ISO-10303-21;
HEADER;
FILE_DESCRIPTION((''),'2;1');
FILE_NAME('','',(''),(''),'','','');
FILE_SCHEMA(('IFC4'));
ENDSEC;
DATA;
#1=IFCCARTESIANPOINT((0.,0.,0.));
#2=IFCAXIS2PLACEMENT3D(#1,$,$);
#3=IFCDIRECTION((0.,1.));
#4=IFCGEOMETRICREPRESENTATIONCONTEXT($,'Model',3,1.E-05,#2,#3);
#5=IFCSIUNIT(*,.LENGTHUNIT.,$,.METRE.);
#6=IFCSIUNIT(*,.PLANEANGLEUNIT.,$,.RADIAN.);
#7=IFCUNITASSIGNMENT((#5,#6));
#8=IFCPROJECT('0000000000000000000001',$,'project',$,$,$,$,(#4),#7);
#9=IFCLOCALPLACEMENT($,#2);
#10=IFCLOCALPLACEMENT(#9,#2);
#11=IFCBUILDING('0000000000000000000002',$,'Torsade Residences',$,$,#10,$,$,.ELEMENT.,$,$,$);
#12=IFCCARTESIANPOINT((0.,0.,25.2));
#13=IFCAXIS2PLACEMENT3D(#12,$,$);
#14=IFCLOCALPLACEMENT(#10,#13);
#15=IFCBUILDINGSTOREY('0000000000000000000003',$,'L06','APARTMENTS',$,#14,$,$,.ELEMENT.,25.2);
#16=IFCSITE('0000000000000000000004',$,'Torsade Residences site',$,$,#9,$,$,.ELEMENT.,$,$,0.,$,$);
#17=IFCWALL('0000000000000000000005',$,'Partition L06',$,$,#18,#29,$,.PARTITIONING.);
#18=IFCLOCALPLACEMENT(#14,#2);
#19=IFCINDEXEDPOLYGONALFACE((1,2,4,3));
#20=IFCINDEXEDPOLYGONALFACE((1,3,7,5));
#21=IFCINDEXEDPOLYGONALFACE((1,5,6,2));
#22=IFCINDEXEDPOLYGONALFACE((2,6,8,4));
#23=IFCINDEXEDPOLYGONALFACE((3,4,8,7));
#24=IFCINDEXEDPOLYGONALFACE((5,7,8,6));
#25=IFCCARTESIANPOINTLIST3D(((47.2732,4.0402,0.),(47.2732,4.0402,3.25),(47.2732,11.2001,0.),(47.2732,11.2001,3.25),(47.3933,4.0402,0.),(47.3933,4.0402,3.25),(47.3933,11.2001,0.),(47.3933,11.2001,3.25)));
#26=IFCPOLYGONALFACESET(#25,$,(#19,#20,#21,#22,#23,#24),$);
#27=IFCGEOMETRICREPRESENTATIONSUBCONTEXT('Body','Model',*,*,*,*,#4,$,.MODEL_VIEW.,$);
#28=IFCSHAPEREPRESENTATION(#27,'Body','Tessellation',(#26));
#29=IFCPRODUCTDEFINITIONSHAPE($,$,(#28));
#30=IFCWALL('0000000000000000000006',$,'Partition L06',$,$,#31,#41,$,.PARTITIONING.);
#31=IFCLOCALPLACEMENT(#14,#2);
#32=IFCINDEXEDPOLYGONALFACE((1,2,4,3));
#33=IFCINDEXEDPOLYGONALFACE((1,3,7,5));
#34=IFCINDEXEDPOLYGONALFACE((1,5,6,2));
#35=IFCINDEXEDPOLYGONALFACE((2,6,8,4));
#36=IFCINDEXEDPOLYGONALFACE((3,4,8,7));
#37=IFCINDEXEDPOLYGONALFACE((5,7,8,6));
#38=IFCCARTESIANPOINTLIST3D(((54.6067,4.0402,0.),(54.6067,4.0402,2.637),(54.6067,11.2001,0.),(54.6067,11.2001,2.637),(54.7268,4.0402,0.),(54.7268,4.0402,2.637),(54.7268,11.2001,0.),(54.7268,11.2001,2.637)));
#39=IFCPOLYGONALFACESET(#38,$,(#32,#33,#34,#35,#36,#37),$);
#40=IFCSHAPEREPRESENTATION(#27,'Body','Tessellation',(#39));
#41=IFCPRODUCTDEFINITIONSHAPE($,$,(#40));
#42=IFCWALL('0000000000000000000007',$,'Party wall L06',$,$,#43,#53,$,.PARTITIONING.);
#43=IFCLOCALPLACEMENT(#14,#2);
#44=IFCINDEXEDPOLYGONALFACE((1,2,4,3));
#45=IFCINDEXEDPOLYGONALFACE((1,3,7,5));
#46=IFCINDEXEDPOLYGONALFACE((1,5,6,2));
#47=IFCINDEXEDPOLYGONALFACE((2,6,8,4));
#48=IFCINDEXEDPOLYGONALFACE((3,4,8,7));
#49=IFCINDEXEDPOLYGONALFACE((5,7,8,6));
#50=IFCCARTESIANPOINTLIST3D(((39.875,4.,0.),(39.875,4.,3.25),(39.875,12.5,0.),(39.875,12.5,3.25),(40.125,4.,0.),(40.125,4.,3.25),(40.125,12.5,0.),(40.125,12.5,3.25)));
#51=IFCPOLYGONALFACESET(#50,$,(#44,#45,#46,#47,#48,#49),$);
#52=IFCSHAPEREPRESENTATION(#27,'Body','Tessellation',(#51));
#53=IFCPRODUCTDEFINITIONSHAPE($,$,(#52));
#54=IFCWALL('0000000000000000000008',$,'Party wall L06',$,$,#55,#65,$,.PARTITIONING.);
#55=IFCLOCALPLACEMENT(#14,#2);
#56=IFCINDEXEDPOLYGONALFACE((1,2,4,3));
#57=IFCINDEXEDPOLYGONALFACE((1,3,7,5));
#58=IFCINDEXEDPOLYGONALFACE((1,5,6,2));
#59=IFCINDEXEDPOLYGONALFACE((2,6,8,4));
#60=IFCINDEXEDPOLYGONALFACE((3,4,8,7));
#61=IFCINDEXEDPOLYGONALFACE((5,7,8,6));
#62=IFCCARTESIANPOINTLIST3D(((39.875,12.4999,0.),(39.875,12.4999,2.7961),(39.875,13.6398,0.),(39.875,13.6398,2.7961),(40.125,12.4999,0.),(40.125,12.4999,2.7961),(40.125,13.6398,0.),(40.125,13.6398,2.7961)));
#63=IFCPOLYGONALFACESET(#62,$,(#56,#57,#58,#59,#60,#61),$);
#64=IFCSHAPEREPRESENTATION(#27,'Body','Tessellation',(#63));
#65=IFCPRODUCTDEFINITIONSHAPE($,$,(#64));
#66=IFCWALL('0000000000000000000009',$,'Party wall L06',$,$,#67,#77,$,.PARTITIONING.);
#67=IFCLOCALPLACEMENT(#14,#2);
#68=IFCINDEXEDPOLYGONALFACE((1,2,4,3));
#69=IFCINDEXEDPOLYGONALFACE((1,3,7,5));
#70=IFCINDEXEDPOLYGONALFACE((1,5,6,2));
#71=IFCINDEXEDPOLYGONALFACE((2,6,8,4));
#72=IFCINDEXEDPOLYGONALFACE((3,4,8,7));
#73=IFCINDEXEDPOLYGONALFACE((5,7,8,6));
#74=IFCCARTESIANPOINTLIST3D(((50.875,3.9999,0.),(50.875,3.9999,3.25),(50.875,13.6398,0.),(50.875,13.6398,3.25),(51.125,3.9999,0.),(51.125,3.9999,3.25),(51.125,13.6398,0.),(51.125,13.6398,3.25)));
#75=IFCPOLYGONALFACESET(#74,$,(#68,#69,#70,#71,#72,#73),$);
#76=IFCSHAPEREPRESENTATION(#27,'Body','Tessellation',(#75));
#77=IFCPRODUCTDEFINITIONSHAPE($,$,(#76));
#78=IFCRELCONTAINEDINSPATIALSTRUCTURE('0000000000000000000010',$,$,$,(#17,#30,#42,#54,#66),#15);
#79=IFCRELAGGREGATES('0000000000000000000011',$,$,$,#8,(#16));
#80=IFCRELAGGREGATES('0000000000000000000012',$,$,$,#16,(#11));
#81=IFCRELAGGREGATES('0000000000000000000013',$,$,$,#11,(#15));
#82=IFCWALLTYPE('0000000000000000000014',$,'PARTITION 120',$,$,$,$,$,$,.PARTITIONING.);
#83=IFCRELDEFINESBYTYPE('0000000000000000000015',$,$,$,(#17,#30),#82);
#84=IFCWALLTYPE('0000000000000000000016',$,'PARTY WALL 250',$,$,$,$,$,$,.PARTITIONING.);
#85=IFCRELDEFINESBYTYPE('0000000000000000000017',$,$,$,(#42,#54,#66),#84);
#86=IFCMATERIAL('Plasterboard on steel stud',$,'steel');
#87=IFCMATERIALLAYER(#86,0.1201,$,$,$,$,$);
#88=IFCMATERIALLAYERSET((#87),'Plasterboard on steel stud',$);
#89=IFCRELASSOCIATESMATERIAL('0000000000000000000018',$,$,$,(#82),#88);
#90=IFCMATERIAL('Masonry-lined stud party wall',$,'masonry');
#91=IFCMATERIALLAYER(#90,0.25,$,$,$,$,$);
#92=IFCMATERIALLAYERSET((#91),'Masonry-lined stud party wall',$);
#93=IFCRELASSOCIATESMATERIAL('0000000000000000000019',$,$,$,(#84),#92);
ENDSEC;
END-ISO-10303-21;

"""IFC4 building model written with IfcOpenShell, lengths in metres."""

from ifc_helpers import new_model, si_unit, direction, frame, frame_2d, origin, place, context, subcontext, project, spatial, rectangle, extrude, material, layer, layer_set, type_object, element, save


model = new_model("IFC4")

# Units and contexts
model_context = context("Model", 3, precision=1e-05, world=origin(), true_north=direction((0.0, 1.0)))
body_context = subcontext(model_context, "Body", "Model", "MODEL_VIEW")
ifc_project = project(units=[si_unit("LENGTHUNIT", "METRE"), si_unit("PLANEANGLEUNIT", "RADIAN")], contexts=[model_context])

# Site, building, storey
site_placement = place(None, origin())
site = spatial("IfcSite", under=ifc_project, at=site_placement, Name="Torsade Residences site", CompositionType="ELEMENT", RefElevation=0.0)
building_placement = place(site_placement, origin())
building = spatial("IfcBuilding", under=site, at=building_placement, Name="Torsade Residences", CompositionType="ELEMENT")
storey_placement = place(building_placement, frame((0.0, 0.0, 25.2)))
storey = spatial("IfcBuildingStorey", under=building, at=storey_placement, Name="L06", Description="APARTMENTS", CompositionType="ELEMENT", Elevation=25.2)

# Shared definitions
ifc_material_1 = material(Name="Plasterboard on steel stud", Category="steel")
ifc_layer_1 = layer(ifc_material_1, 0.1201)
ifc_layer_set_1 = layer_set([ifc_layer_1], Name="Plasterboard on steel stud")
wall_type_1 = type_object("IfcWallType", Name="PARTITION 120", PredefinedType="PARTITIONING", material=ifc_layer_set_1)

# Walls
wall_1_placement = place(storey_placement, frame((47.3333, 4.04, 0.0), z_axis=(0.0, 0.0, 1.0), x_axis=(0.0, 1.0, 0.0)))
element("IfcWall", 1, at=wall_1_placement, inside=storey, type_object=wall_type_1, Name="Partition L06", PredefinedType="PARTITIONING", context=body_context, shape_type="SweptSolid", body=[
    extrude(rectangle(XDim=7.1599, YDim=0.1201, at=frame_2d((3.5801, 0.0))), origin(), (0.0, 0.0, 1.0), 3.25),
])
wall_2_placement = place(storey_placement, frame((54.6667, 4.04, 0.0), z_axis=(0.0, 0.0, 1.0), x_axis=(0.0, 1.0, 0.0)))
element("IfcWall", 2, at=wall_2_placement, inside=storey, type_object=wall_type_1, Name="Partition L06", PredefinedType="PARTITIONING", context=body_context, shape_type="SweptSolid", body=[
    extrude(rectangle(XDim=7.1599, YDim=0.1201, at=frame_2d((3.5801, 0.0))), origin(), (0.0, 0.0, 1.0), 2.637),
])
ifc_material_2 = material(Name="Masonry-lined stud party wall", Category="masonry")
ifc_layer_2 = layer(ifc_material_2, 0.25)
ifc_layer_set_2 = layer_set([ifc_layer_2], Name="Masonry-lined stud party wall")
wall_type_2 = type_object("IfcWallType", Name="PARTY WALL 250", PredefinedType="PARTITIONING", material=ifc_layer_set_2)
wall_3_placement = place(storey_placement, frame((40.0, 4.0, 0.0), z_axis=(0.0, 0.0, 1.0), x_axis=(0.0, 1.0, 0.0)))
element("IfcWall", 3, at=wall_3_placement, inside=storey, type_object=wall_type_2, Name="Party wall L06", PredefinedType="PARTITIONING", context=body_context, shape_type="SweptSolid", body=[
    extrude(rectangle(XDim=8.5, YDim=0.25, at=frame_2d((4.25, 0.0))), origin(), (0.0, 0.0, 1.0), 3.25),
])
wall_4_placement = place(storey_placement, frame((40.0, 12.5, 0.0), z_axis=(0.0, 0.0, 1.0), x_axis=(0.0, 1.0, 0.0)))
element("IfcWall", 4, at=wall_4_placement, inside=storey, type_object=wall_type_2, Name="Party wall L06", PredefinedType="PARTITIONING", context=body_context, shape_type="SweptSolid", body=[
    extrude(rectangle(XDim=1.1399, YDim=0.25, at=frame_2d((0.5698, 0.0))), origin(), (0.0, 0.0, 1.0), 2.7961),
])
wall_5_placement = place(storey_placement, frame((51.0, 4.0, 0.0), z_axis=(0.0, 0.0, 1.0), x_axis=(0.0, 1.0, 0.0)))
element("IfcWall", 5, at=wall_5_placement, inside=storey, type_object=wall_type_2, Name="Party wall L06", PredefinedType="PARTITIONING", context=body_context, shape_type="SweptSolid", body=[
    extrude(rectangle(XDim=9.6399, YDim=0.25, at=frame_2d((4.8198, 0.0))), origin(), (0.0, 0.0, 1.0), 3.25),
])

save(model, "model.ifc")
